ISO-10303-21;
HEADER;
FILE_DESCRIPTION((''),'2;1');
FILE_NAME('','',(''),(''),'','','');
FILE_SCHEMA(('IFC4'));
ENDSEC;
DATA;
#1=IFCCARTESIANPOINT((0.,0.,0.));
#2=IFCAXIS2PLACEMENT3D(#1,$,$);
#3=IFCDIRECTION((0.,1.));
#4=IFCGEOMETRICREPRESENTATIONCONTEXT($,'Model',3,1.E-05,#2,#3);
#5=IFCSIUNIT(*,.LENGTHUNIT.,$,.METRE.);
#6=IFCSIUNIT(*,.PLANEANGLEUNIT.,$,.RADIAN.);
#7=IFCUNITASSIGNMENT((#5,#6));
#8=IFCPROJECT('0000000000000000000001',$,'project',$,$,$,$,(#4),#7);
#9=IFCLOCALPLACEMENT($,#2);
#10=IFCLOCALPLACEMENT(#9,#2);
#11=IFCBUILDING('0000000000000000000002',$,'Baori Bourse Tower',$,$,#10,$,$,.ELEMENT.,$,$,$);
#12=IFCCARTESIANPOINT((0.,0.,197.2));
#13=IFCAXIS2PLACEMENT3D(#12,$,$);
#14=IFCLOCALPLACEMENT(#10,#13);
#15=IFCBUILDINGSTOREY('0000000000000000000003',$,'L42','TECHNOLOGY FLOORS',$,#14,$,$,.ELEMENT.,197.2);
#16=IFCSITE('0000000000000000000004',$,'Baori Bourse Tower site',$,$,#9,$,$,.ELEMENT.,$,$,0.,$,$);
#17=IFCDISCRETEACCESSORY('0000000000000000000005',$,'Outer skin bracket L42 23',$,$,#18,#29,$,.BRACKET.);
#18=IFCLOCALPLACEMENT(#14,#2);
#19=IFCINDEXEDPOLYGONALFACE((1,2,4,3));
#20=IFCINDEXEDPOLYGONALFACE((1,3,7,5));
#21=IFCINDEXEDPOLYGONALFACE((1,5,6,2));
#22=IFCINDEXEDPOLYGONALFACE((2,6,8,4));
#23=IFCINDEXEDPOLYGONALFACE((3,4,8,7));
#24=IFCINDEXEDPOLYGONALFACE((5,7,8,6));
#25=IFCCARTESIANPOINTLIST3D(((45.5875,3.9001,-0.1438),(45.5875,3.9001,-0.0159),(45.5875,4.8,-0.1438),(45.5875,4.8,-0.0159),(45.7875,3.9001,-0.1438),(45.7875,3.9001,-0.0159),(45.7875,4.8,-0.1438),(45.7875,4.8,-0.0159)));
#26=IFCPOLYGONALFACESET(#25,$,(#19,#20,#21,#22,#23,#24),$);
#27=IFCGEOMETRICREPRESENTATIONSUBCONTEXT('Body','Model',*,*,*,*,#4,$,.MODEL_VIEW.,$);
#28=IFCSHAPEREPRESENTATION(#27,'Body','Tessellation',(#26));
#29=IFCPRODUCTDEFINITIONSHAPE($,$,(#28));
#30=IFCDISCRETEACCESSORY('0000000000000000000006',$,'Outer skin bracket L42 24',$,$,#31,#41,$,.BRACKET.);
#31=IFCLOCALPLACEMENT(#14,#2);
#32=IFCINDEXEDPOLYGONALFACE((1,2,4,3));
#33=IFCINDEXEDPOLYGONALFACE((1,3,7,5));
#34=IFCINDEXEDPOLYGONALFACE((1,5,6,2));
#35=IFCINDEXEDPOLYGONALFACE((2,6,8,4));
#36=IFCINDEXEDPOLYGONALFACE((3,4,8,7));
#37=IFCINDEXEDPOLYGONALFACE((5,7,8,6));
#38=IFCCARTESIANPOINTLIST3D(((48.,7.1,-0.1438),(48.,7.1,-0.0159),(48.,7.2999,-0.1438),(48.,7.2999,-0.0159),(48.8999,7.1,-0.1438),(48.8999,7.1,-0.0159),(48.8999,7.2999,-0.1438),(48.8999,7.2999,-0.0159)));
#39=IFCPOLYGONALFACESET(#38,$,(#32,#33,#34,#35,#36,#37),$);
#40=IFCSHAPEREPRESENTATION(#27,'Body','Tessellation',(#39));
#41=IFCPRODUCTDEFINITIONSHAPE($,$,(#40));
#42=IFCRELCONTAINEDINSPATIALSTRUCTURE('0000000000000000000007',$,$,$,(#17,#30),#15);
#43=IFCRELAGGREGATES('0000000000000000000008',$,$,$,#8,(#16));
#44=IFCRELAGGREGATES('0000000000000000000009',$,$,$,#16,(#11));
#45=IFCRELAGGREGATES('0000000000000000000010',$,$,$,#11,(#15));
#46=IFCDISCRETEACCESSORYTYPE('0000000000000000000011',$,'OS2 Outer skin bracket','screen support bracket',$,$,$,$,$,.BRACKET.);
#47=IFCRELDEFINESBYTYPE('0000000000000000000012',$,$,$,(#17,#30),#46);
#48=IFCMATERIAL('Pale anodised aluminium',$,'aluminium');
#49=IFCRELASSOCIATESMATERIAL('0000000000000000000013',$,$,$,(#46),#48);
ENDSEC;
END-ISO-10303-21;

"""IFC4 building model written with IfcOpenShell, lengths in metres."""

from ifc_helpers import new_model, si_unit, direction, frame, origin, origin_2d, place, context, subcontext, project, spatial, rectangle, extrude, material, type_object, element, save


model = new_model("IFC4")

# Units and contexts
model_context = context("Model", 3, precision=1e-05, world=origin(), true_north=direction((0.0, 1.0)))
body_context = subcontext(model_context, "Body", "Model", "MODEL_VIEW")
ifc_project = project(units=[si_unit("LENGTHUNIT", "METRE"), si_unit("PLANEANGLEUNIT", "RADIAN")], contexts=[model_context])

# Site, building, storey
site_placement = place(None, origin())
site = spatial("IfcSite", under=ifc_project, at=site_placement, Name="Baori Bourse Tower site", CompositionType="ELEMENT", RefElevation=0.0)
building_placement = place(site_placement, origin())
building = spatial("IfcBuilding", under=site, at=building_placement, Name="Baori Bourse Tower", CompositionType="ELEMENT")
storey_placement = place(building_placement, frame((0.0, 0.0, 197.2)))
storey = spatial("IfcBuildingStorey", under=building, at=storey_placement, Name="L42", Description="TECHNOLOGY FLOORS", CompositionType="ELEMENT", Elevation=197.2)

# Discrete accessories
ifc_material_1 = material(Name="Pale anodised aluminium", Category="aluminium")
discrete_accessory_type = type_object("IfcDiscreteAccessoryType", Name="OS2 Outer skin bracket", Description="screen support bracket", PredefinedType="BRACKET", material=ifc_material_1)
for number, where, z_axis, x_axis, name in (
    (1, (45.6875, 4.3501, -0.1438), (0.0, 0.0, 1.0), (1.0, 0.0, 0.0), "Outer skin bracket L42 23"),
    (2, (48.45, 7.2, -0.1438), (0.0, 0.0, 1.0), (0.0, 1.0, 0.0), "Outer skin bracket L42 24"),
):
    element("IfcDiscreteAccessory", number, at=place(storey_placement, frame(where, z_axis=z_axis, x_axis=x_axis)), inside=storey, type_object=discrete_accessory_type, Name=name, PredefinedType="BRACKET", context=body_context, shape_type="SweptSolid", body=[
        extrude(rectangle(XDim=0.2, YDim=0.8999, at=origin_2d()), origin(), (0.0, 0.0, 1.0), 0.1279),
    ])

save(model, "model.ifc")
